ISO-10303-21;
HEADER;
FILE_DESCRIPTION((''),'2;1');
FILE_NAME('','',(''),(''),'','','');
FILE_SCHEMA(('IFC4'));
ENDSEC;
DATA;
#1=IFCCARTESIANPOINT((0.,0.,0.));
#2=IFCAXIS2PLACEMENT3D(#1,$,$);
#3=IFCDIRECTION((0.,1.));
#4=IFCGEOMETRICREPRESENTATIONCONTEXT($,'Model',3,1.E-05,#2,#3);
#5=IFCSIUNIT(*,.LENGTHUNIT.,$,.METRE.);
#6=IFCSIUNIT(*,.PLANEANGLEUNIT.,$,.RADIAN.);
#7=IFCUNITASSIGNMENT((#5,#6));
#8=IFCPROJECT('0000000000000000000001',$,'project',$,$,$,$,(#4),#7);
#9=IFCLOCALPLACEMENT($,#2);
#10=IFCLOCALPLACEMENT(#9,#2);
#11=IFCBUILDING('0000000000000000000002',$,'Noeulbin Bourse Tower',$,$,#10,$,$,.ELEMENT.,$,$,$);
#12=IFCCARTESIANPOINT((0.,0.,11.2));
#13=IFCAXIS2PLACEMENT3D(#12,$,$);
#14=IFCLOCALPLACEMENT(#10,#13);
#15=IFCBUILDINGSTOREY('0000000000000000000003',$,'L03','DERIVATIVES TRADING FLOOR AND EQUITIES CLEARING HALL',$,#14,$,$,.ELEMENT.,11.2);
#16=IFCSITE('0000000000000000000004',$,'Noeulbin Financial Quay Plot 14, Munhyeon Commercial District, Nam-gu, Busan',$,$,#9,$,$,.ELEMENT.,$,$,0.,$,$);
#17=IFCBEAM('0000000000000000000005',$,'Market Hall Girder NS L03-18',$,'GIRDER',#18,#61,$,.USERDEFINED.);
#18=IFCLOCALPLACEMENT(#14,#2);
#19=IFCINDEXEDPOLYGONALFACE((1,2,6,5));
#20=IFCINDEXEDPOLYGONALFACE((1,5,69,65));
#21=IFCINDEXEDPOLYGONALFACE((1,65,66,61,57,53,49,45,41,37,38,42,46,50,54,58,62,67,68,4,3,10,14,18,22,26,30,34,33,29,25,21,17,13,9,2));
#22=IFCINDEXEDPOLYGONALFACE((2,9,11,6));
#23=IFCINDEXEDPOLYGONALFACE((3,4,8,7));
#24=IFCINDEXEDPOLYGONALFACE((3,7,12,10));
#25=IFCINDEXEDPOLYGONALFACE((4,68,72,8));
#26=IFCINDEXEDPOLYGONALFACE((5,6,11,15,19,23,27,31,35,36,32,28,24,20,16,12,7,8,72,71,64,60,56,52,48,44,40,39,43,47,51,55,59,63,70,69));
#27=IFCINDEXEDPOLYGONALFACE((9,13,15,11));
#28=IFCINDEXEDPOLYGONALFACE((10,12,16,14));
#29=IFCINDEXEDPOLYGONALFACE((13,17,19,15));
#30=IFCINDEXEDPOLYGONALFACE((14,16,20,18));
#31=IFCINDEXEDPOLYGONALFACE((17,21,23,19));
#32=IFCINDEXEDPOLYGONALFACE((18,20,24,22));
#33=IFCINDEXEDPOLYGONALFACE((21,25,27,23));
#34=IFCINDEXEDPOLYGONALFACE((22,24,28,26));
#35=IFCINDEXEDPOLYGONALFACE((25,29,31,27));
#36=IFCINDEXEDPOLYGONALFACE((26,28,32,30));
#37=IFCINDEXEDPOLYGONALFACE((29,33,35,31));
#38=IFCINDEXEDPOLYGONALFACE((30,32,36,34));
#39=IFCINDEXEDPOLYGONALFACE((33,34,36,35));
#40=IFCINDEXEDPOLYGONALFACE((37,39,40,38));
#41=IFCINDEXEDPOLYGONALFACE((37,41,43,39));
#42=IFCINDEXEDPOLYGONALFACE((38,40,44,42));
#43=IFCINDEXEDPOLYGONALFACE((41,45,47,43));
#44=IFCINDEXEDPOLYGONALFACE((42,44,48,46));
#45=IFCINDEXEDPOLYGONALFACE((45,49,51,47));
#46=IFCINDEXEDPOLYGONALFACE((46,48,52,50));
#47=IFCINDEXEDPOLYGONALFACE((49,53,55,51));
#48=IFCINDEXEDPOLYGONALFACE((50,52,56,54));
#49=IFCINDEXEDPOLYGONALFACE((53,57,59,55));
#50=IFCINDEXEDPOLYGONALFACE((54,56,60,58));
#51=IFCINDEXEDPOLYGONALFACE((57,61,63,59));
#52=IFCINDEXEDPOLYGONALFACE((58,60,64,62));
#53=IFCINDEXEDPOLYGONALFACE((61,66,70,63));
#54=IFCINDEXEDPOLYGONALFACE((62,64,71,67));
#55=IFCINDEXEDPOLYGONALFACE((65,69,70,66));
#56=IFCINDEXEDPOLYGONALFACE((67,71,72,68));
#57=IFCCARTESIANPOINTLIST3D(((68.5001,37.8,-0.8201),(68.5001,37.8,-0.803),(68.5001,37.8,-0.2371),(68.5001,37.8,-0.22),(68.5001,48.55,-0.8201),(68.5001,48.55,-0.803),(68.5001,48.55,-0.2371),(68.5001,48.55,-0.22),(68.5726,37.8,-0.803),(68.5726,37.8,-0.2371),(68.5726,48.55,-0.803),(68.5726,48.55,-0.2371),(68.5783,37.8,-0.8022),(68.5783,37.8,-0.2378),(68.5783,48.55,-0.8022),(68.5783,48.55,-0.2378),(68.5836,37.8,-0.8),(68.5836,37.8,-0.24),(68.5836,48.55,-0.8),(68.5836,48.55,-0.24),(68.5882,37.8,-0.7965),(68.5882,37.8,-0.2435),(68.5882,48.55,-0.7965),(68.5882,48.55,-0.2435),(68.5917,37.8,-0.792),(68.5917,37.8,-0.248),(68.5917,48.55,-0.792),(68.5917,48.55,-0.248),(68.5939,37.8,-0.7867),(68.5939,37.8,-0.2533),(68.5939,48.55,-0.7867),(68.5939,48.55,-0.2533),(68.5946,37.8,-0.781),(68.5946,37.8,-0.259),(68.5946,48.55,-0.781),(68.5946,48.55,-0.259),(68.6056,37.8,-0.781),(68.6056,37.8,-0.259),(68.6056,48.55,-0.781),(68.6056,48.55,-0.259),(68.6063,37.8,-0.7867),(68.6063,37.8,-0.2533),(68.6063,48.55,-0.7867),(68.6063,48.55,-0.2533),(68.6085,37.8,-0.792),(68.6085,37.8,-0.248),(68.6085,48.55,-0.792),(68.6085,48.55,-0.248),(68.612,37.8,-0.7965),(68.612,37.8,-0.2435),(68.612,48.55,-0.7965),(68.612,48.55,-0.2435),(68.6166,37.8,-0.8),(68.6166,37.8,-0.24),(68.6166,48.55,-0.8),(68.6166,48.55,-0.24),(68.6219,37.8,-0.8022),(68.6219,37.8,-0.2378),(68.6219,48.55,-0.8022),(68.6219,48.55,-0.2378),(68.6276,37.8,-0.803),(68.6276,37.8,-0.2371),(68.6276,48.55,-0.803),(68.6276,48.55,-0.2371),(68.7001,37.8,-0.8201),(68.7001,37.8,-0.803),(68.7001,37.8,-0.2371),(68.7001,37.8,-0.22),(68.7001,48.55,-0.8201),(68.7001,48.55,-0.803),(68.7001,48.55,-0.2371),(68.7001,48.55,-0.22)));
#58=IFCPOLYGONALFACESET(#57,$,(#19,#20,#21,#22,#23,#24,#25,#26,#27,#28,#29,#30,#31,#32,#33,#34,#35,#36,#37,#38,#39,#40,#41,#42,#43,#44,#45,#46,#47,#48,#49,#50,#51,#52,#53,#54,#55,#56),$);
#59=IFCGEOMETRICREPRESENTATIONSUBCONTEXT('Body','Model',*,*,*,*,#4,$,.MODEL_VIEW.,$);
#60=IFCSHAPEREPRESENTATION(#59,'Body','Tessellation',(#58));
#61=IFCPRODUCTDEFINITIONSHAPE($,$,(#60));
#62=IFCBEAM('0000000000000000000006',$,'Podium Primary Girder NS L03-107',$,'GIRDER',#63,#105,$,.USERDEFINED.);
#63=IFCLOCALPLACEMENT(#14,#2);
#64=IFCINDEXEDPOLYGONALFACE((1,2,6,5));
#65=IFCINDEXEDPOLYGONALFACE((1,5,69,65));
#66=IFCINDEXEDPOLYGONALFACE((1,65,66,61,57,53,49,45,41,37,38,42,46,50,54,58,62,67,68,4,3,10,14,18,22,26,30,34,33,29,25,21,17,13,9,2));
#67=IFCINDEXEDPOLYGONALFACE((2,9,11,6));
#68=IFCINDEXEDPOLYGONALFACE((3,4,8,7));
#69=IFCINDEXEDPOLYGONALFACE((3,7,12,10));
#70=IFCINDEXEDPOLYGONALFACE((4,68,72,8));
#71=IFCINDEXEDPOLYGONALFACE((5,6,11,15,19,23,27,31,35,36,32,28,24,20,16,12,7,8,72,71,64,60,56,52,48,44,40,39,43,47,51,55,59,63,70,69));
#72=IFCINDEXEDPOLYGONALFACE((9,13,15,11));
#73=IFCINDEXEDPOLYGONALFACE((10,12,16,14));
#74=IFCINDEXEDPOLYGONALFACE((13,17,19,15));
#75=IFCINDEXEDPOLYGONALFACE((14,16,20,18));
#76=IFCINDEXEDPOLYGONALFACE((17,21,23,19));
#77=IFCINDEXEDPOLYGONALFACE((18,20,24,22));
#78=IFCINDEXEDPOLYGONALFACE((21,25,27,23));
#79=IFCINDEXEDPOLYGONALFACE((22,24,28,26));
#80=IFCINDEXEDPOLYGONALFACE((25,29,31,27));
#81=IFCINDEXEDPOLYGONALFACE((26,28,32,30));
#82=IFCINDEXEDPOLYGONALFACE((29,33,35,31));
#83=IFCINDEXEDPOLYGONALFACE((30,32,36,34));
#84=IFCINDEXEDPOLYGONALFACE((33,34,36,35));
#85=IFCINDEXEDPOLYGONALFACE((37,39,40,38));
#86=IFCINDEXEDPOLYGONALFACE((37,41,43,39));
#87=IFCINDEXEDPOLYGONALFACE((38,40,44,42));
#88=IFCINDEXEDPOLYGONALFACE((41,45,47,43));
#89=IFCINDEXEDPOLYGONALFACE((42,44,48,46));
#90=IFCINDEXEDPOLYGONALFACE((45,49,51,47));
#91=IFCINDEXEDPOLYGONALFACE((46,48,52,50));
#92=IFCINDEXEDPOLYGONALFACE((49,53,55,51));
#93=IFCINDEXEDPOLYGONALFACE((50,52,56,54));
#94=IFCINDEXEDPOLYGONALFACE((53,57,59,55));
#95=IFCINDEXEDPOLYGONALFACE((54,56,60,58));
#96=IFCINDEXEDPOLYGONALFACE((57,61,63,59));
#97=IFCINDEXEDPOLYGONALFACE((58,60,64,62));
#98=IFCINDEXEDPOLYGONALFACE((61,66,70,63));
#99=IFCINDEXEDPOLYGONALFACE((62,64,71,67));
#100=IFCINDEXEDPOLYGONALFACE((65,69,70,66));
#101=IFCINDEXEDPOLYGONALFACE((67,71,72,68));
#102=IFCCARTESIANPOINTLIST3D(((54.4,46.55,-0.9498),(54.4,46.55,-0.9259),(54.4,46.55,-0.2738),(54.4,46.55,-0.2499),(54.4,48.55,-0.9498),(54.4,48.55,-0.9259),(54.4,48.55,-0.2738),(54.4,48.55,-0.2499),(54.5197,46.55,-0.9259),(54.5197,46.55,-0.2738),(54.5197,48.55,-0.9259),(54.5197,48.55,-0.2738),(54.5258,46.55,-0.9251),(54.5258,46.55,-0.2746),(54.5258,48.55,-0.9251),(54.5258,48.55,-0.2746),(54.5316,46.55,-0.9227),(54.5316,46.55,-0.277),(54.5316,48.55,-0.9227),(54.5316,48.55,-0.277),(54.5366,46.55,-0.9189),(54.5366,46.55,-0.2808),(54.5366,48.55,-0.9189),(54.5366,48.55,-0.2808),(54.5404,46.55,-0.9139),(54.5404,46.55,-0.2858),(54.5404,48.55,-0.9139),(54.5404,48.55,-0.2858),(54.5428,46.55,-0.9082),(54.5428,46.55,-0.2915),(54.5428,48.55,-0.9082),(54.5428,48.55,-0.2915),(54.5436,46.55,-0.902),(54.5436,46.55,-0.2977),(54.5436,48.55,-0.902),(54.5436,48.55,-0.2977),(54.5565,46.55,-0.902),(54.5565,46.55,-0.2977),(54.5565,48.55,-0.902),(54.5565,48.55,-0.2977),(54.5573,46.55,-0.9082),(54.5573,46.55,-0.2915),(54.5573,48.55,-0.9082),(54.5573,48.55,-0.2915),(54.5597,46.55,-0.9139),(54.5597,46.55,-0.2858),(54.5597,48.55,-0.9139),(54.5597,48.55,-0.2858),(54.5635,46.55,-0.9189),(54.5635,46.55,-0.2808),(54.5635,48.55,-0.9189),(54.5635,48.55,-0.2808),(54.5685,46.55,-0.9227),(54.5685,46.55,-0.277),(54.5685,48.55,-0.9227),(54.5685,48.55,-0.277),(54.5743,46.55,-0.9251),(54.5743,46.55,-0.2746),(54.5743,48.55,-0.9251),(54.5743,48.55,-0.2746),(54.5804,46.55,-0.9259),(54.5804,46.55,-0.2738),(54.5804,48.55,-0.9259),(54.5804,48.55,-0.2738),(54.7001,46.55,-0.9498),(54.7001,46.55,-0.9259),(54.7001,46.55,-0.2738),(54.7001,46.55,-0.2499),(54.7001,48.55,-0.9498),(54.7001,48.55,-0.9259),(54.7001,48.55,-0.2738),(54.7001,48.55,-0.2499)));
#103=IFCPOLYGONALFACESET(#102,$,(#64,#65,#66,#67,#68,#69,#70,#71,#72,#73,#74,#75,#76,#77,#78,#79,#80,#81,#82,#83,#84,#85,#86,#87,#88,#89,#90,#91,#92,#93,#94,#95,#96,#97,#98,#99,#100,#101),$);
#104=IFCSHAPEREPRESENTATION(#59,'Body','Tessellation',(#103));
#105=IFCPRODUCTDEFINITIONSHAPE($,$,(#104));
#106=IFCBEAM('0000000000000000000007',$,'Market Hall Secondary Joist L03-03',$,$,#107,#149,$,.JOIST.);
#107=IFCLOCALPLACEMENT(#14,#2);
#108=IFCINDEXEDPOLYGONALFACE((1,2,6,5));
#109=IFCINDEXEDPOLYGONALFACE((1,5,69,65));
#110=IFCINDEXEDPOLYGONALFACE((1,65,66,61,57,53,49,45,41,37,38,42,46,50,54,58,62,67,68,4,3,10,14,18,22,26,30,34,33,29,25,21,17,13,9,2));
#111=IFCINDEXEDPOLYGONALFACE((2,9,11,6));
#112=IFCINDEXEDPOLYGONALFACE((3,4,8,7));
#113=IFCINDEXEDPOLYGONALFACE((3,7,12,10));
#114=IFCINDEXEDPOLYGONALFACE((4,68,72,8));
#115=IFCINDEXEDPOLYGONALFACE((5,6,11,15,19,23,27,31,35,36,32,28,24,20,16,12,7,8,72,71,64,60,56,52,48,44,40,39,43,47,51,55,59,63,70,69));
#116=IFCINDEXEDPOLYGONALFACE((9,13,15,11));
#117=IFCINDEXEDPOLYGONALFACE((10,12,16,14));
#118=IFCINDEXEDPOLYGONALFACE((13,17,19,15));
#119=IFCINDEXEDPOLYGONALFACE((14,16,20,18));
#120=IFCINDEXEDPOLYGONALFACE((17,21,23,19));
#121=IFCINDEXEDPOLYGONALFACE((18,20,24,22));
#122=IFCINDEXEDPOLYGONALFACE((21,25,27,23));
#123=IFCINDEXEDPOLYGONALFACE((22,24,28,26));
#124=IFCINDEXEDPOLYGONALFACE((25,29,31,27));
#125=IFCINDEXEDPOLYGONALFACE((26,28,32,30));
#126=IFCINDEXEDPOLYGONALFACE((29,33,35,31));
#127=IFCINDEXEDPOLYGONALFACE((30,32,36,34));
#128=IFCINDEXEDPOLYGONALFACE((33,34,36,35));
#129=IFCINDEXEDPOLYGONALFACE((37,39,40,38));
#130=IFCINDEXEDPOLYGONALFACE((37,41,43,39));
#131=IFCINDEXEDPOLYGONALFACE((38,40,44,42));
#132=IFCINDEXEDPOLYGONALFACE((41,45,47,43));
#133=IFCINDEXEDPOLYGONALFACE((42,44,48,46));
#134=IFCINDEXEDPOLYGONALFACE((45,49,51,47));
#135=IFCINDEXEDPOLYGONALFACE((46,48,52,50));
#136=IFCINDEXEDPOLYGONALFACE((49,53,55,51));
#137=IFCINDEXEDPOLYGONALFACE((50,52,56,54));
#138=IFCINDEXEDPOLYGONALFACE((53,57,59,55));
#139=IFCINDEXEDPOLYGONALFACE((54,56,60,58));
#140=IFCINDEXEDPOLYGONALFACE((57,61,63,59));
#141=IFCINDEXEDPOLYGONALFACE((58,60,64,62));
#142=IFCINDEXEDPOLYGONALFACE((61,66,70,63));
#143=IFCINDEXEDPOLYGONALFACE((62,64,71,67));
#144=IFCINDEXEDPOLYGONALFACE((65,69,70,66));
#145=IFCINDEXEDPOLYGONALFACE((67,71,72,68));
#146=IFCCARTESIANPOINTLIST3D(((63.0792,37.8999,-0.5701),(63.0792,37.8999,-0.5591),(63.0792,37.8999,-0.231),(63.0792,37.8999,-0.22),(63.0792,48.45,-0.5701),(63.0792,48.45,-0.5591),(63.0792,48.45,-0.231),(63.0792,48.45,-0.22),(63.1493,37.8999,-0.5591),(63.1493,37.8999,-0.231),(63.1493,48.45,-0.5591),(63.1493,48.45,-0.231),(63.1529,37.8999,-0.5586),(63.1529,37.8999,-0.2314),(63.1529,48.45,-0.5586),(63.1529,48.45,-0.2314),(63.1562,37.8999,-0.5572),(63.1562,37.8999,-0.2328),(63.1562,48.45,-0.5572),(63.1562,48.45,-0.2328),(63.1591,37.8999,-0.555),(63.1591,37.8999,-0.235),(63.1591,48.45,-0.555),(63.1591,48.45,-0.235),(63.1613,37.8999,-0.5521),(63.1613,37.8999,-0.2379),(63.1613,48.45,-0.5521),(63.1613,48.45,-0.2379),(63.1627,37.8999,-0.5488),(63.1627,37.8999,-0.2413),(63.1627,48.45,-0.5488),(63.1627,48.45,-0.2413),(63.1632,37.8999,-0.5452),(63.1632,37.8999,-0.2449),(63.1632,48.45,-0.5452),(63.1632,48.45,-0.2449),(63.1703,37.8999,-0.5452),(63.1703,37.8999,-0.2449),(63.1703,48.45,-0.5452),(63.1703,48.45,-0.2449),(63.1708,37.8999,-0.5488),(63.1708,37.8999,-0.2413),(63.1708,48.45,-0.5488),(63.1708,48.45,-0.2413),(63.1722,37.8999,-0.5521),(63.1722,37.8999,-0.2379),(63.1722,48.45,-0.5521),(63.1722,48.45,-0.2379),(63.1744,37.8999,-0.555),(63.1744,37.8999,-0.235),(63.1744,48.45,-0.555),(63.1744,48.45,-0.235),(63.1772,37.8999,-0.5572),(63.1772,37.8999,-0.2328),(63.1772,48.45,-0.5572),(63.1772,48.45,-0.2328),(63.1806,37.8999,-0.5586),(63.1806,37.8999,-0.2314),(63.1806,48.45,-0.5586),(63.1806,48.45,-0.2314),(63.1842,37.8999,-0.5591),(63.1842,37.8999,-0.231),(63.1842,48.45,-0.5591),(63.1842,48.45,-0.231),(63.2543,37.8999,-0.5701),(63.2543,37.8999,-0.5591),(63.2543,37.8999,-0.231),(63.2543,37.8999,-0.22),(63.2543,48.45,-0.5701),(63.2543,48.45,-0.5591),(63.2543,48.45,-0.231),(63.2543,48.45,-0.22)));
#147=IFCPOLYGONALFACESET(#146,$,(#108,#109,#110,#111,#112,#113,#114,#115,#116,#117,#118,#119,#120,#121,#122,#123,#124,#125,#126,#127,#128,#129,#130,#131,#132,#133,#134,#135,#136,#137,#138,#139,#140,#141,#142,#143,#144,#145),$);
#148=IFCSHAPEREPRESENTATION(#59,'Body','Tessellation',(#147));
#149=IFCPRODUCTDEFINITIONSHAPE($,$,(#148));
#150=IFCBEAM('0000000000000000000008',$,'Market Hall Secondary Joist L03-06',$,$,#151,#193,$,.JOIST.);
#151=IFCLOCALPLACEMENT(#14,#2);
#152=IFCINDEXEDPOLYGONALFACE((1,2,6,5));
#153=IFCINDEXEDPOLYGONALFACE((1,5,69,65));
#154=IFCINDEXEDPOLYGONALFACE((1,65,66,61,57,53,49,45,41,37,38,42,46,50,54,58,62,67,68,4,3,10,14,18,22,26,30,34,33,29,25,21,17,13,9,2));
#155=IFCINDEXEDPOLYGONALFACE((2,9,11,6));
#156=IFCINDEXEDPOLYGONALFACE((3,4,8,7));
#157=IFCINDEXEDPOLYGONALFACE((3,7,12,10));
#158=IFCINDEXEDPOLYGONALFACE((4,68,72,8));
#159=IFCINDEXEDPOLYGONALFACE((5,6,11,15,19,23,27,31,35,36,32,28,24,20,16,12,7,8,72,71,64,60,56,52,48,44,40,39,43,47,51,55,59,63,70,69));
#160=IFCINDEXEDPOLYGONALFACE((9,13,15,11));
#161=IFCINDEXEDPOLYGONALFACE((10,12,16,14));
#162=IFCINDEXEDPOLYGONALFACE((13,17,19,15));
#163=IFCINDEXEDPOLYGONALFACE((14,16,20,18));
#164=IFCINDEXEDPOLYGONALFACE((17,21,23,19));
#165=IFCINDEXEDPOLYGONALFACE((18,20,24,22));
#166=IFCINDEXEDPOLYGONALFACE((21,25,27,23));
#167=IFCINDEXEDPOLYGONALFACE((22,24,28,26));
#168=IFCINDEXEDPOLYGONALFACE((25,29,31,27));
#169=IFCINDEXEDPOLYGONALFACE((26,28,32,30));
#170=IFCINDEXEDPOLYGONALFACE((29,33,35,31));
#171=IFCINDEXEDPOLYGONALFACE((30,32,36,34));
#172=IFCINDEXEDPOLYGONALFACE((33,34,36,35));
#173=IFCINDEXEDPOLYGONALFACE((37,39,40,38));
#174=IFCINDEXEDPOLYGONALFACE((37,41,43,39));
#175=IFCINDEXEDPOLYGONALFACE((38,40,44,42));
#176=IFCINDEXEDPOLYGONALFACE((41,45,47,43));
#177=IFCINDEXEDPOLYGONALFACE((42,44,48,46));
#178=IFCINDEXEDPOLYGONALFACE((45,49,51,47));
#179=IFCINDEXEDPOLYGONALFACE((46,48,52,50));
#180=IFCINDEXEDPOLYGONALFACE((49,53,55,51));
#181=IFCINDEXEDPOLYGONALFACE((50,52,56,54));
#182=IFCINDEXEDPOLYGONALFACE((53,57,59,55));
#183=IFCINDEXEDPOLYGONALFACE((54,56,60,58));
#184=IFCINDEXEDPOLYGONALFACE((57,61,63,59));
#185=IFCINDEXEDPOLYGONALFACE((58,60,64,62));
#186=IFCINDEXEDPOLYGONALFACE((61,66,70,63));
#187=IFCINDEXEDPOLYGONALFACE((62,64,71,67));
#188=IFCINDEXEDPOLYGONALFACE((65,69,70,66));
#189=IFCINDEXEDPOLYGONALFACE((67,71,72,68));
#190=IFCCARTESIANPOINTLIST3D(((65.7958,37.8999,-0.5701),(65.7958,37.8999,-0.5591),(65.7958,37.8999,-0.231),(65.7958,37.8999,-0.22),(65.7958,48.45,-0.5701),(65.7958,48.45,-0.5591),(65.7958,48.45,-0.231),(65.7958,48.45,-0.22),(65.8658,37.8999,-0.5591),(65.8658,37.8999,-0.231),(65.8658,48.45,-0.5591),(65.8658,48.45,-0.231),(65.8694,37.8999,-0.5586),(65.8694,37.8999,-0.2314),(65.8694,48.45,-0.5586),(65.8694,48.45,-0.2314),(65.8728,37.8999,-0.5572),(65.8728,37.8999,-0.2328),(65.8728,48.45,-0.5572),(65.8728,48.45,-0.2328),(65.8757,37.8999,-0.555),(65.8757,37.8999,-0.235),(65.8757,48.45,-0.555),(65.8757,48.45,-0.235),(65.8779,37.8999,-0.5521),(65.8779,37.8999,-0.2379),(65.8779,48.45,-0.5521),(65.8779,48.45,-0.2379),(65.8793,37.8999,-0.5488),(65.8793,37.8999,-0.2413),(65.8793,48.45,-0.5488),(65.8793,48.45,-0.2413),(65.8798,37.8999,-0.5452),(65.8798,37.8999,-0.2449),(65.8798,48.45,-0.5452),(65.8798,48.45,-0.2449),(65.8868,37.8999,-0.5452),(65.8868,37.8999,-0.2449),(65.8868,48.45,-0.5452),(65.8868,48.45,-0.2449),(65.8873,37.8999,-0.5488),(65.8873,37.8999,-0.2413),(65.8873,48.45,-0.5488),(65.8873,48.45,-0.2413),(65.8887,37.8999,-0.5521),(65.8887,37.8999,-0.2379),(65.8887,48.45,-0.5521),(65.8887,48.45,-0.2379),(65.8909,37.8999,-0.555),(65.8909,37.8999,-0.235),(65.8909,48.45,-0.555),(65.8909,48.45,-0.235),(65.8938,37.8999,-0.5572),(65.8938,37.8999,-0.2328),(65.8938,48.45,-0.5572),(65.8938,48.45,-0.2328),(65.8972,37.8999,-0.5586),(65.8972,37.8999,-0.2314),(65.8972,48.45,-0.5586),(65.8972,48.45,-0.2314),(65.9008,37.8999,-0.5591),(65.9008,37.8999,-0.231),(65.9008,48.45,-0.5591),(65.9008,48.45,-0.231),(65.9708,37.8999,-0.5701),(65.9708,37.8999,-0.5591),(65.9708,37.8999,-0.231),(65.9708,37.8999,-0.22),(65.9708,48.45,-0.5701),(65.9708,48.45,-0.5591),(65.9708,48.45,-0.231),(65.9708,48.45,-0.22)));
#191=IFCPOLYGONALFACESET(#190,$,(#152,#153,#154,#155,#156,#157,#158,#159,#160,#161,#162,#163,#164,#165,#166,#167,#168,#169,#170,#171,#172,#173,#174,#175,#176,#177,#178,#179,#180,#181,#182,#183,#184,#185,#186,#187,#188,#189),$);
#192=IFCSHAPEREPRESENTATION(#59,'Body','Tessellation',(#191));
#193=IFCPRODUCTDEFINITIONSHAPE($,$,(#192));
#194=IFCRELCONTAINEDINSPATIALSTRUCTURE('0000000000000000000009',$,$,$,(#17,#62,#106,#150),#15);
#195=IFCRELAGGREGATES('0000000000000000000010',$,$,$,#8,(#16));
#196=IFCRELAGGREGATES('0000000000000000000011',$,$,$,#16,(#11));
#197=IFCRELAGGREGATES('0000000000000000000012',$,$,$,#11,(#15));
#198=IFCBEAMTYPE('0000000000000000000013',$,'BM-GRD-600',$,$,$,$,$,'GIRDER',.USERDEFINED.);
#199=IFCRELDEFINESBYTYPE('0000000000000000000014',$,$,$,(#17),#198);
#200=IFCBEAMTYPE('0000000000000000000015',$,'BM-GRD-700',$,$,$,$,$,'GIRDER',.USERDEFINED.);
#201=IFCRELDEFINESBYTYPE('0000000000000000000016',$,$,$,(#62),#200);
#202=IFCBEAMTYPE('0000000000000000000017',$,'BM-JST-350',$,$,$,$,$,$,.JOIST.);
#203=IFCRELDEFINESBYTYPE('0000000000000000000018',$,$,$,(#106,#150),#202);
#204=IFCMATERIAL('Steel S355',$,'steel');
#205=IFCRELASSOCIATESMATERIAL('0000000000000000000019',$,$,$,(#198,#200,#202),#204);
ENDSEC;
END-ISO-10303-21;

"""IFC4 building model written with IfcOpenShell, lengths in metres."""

from ifc_helpers import new_model, si_unit, direction, frame, origin, origin_2d, place, context, subcontext, project, spatial, i_section, extrude, material, material_profile, profile_set, type_object, element, save


model = new_model("IFC4")

# Units and contexts
model_context = context("Model", 3, precision=1e-05, world=origin(), true_north=direction((0.0, 1.0)))
body_context = subcontext(model_context, "Body", "Model", "MODEL_VIEW")
ifc_project = project(units=[si_unit("LENGTHUNIT", "METRE"), si_unit("PLANEANGLEUNIT", "RADIAN")], contexts=[model_context])

# Site, building, storey
site_placement = place(None, origin())
site = spatial("IfcSite", under=ifc_project, at=site_placement, Name="Noeulbin Financial Quay Plot 14, Munhyeon Commercial District, Nam-gu, Busan", CompositionType="ELEMENT", RefElevation=0.0)
building_placement = place(site_placement, origin())
building = spatial("IfcBuilding", under=site, at=building_placement, Name="Noeulbin Bourse Tower", CompositionType="ELEMENT")
storey_placement = place(building_placement, frame((0.0, 0.0, 11.2)))
storey = spatial("IfcBuildingStorey", under=building, at=storey_placement, Name="L03", Description="DERIVATIVES TRADING FLOOR AND EQUITIES CLEARING HALL", CompositionType="ELEMENT", Elevation=11.2)

# Shared definitions
ifc_material_1 = material(Name="Steel S355", Category="steel")

# Beams
ifc_material_profile_1 = material_profile(ifc_material_1, i_section(OverallWidth=0.2, OverallDepth=0.6001, WebThickness=0.011, FlangeThickness=0.0171, FilletRadius=0.022, at=origin_2d()), Name="H-600x200x11x17", Category="LoadBearing")
ifc_profile_set_1 = profile_set([ifc_material_profile_1], Name="Steel S355")
beam_type_1 = type_object("IfcBeamType", Name="BM-GRD-600", ElementType="GIRDER", PredefinedType="USERDEFINED", material=ifc_profile_set_1)
beam_1_placement = place(storey_placement, frame((68.6001, 37.8, -0.52), z_axis=(0.0, 1.0, 0.0), x_axis=(-1.0, 0.0, 0.0)))
element("IfcBeam", 1, at=beam_1_placement, inside=storey, type_object=beam_type_1, Name="Market Hall Girder NS L03-18", ObjectType="GIRDER", PredefinedType="USERDEFINED", context=body_context, shape_type="SweptSolid", body=[
    extrude(i_section(OverallWidth=0.2, OverallDepth=0.6001, WebThickness=0.011, FlangeThickness=0.0171, FilletRadius=0.022, at=origin_2d()), origin(), (0.0, 0.0, 1.0), 10.75),
])
ifc_material_profile_2 = material_profile(ifc_material_1, i_section(OverallWidth=0.3, OverallDepth=0.7, WebThickness=0.0129, FlangeThickness=0.0239, FilletRadius=0.0239, at=origin_2d()), Name="H-700x300x13x24", Category="LoadBearing")
ifc_profile_set_2 = profile_set([ifc_material_profile_2], Name="Steel S355")
beam_type_2 = type_object("IfcBeamType", Name="BM-GRD-700", ElementType="GIRDER", PredefinedType="USERDEFINED", material=ifc_profile_set_2)
beam_2_placement = place(storey_placement, frame((54.55, 46.55, -0.5999), z_axis=(0.0, 1.0, 0.0), x_axis=(-1.0, 0.0, 0.0)))
element("IfcBeam", 2, at=beam_2_placement, inside=storey, type_object=beam_type_2, Name="Podium Primary Girder NS L03-107", ObjectType="GIRDER", PredefinedType="USERDEFINED", context=body_context, shape_type="SweptSolid", body=[
    extrude(i_section(OverallWidth=0.3, OverallDepth=0.7, WebThickness=0.0129, FlangeThickness=0.0239, FilletRadius=0.0239, at=origin_2d()), origin(), (0.0, 0.0, 1.0), 2.0),
])
ifc_material_profile_3 = material_profile(ifc_material_1, i_section(OverallWidth=0.175, OverallDepth=0.3501, WebThickness=0.0071, FlangeThickness=0.011, FilletRadius=0.0139, at=origin_2d()), Name="H-350x175x7x11", Category="LoadBearing")
ifc_profile_set_3 = profile_set([ifc_material_profile_3], Name="Steel S355")
beam_type_3 = type_object("IfcBeamType", Name="BM-JST-350", PredefinedType="JOIST", material=ifc_profile_set_3)
for number, where, z_axis, x_axis, name in (
    (3, (63.1667, 37.8999, -0.395), (0.0, 1.0, 0.0), (-1.0, 0.0, 0.0), "Market Hall Secondary Joist L03-03"),
    (4, (65.8833, 37.8999, -0.395), (0.0, 1.0, 0.0), (-1.0, 0.0, 0.0), "Market Hall Secondary Joist L03-06"),
):
    element("IfcBeam", number, at=place(storey_placement, frame(where, z_axis=z_axis, x_axis=x_axis)), inside=storey, type_object=beam_type_3, Name=name, PredefinedType="JOIST", context=body_context, shape_type="SweptSolid", body=[
        extrude(i_section(OverallWidth=0.175, OverallDepth=0.3501, WebThickness=0.0071, FlangeThickness=0.011, FilletRadius=0.0139, at=origin_2d()), origin(), (0.0, 0.0, 1.0), 10.55),
    ])

save(model, "model.ifc")
